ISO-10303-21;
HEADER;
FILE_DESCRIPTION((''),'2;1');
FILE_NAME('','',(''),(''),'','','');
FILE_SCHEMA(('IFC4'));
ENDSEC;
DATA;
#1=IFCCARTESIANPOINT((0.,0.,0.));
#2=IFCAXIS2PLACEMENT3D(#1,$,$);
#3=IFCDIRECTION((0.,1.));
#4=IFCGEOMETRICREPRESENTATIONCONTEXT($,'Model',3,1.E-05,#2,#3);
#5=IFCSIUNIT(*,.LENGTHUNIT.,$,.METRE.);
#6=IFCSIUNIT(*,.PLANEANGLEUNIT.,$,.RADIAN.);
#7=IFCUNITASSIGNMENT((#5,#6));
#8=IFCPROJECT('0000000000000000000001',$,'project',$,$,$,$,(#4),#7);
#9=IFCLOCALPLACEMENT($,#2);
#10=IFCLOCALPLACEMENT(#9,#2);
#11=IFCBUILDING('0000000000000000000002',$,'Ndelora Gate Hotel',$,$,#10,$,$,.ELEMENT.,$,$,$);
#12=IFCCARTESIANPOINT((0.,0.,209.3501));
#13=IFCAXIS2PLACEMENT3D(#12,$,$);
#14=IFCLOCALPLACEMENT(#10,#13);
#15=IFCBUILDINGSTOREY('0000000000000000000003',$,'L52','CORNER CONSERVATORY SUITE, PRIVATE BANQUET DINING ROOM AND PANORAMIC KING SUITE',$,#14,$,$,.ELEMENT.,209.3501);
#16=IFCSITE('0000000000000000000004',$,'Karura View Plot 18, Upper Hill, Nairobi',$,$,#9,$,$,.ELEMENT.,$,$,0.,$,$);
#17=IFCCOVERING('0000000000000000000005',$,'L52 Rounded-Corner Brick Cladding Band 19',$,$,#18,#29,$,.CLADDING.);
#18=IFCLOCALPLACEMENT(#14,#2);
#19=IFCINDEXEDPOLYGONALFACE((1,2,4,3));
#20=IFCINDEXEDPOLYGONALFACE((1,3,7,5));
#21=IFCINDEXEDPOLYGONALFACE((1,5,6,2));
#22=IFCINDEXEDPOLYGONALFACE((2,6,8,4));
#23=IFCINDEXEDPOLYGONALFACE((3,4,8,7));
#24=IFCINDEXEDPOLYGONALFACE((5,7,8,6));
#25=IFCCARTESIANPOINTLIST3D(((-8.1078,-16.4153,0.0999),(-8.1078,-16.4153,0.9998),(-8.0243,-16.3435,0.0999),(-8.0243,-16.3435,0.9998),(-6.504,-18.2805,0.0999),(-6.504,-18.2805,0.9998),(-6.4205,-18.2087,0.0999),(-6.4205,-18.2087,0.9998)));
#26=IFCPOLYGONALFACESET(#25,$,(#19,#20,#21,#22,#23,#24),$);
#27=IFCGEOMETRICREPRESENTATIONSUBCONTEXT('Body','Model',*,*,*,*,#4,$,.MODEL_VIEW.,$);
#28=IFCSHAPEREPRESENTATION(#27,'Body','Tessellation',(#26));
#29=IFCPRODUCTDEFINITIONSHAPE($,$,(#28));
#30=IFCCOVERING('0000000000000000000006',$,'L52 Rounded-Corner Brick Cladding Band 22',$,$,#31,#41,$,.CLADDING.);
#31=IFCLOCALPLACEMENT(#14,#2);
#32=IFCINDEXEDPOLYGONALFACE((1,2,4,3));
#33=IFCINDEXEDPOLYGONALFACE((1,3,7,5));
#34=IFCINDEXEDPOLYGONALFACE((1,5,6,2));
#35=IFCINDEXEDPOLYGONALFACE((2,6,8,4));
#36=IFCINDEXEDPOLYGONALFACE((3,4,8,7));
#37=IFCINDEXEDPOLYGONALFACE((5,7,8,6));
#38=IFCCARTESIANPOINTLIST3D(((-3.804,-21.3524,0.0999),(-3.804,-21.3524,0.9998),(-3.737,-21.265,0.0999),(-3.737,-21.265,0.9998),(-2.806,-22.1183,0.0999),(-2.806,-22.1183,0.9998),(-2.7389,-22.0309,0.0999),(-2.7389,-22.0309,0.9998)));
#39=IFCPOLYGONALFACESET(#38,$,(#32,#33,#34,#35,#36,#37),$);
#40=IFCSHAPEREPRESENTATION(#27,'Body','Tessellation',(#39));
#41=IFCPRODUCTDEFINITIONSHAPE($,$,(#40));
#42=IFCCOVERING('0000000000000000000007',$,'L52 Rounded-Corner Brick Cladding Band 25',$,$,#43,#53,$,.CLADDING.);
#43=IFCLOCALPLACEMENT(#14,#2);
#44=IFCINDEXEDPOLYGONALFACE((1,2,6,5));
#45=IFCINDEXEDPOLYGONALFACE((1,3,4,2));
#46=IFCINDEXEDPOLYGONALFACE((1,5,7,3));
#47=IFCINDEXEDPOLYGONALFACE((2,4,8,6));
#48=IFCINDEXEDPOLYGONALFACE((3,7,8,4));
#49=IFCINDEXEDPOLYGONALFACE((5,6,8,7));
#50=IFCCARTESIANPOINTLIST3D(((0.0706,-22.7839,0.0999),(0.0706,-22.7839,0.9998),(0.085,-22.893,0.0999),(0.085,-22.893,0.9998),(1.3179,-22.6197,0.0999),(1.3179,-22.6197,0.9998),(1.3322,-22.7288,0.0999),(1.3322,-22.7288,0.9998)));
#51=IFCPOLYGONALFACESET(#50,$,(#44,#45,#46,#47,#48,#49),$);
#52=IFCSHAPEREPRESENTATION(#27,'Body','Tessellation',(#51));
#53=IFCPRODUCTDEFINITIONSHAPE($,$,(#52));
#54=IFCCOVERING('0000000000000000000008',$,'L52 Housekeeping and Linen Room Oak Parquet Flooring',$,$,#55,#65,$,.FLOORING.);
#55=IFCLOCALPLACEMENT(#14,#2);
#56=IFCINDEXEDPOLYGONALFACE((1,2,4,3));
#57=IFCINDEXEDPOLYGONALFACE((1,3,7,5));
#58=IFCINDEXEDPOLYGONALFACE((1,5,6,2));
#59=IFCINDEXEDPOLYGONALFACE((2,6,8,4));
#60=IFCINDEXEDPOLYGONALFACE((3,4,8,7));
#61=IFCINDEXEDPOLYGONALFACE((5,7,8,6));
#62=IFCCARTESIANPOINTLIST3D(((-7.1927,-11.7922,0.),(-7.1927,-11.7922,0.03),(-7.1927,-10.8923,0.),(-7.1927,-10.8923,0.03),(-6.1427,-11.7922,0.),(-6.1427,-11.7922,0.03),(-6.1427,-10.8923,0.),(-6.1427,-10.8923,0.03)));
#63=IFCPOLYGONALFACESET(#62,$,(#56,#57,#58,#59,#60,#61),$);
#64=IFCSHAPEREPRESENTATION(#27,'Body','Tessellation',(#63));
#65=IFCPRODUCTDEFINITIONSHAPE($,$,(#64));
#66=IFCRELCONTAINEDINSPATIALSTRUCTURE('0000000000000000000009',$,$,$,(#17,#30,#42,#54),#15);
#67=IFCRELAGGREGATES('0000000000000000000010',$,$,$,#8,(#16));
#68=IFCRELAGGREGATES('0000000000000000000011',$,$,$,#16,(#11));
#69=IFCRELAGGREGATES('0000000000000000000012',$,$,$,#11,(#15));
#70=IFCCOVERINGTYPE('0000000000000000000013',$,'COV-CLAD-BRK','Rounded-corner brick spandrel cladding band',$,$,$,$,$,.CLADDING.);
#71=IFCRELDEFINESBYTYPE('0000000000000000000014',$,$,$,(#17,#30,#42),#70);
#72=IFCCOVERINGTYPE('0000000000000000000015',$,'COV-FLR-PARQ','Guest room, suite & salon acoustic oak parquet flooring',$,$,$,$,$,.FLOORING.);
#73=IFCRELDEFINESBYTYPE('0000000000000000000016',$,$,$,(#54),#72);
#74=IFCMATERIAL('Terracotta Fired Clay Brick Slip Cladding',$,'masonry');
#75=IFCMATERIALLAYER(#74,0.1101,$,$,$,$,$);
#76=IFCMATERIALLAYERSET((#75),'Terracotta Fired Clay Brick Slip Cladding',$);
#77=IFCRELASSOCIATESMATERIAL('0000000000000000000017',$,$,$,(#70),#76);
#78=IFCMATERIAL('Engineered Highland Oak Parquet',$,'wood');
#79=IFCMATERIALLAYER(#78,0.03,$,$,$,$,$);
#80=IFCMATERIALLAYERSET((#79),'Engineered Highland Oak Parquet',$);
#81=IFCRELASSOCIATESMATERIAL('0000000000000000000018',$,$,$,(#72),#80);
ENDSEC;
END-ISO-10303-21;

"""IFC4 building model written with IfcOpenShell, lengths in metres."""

from ifc_helpers import new_model, si_unit, direction, frame, origin, origin_2d, place, context, subcontext, project, spatial, rectangle, extrude, material, layer, layer_set, type_object, element, save


model = new_model("IFC4")

# Units and contexts
model_context = context("Model", 3, precision=1e-05, world=origin(), true_north=direction((0.0, 1.0)))
body_context = subcontext(model_context, "Body", "Model", "MODEL_VIEW")
ifc_project = project(units=[si_unit("LENGTHUNIT", "METRE"), si_unit("PLANEANGLEUNIT", "RADIAN")], contexts=[model_context])

# Site, building, storey
site_placement = place(None, origin())
site = spatial("IfcSite", under=ifc_project, at=site_placement, Name="Karura View Plot 18, Upper Hill, Nairobi", CompositionType="ELEMENT", RefElevation=0.0)
building_placement = place(site_placement, origin())
building = spatial("IfcBuilding", under=site, at=building_placement, Name="Ndelora Gate Hotel", CompositionType="ELEMENT")
storey_placement = place(building_placement, frame((0.0, 0.0, 209.3501)))
storey = spatial("IfcBuildingStorey", under=building, at=storey_placement, Name="L52", Description="CORNER CONSERVATORY SUITE, PRIVATE BANQUET DINING ROOM AND PANORAMIC KING SUITE", CompositionType="ELEMENT", Elevation=209.3501)

# Coverings
ifc_material_1 = material(Name="Terracotta Fired Clay Brick Slip Cladding", Category="masonry")
ifc_layer_1 = layer(ifc_material_1, 0.1101)
ifc_layer_set_1 = layer_set([ifc_layer_1], Name="Terracotta Fired Clay Brick Slip Cladding")
covering_type_1 = type_object("IfcCoveringType", Name="COV-CLAD-BRK", Description="Rounded-corner brick spandrel cladding band", PredefinedType="CLADDING", material=ifc_layer_set_1)
covering_1_placement = place(storey_placement, frame((-7.2642, -17.312, 0.0999), z_axis=(0.0, 0.0, 1.0), x_axis=(-0.651966, 0.758248, 0.0)))
element("IfcCovering", 1, at=covering_1_placement, inside=storey, type_object=covering_type_1, Name="L52 Rounded-Corner Brick Cladding Band 19", PredefinedType="CLADDING", context=body_context, shape_type="SweptSolid", body=[
    extrude(rectangle(XDim=2.46, YDim=0.1101, at=origin_2d()), origin(), (0.0, 0.0, 1.0), 0.8999),
])
for number, where, z_axis, x_axis, name in (
    (2, (-3.2715, -21.6917, 0.0999), (0.0, 0.0, 1.0), (-0.793353, 0.608761, 0.0), "L52 Rounded-Corner Brick Cladding Band 22"),
    (3, (0.7014, -22.7563, 0.0999), (0.0, 0.0, 1.0), (0.991445, 0.130526, 0.0), "L52 Rounded-Corner Brick Cladding Band 25"),
):
    element("IfcCovering", number, at=place(storey_placement, frame(where, z_axis=z_axis, x_axis=x_axis)), inside=storey, type_object=covering_type_1, Name=name, PredefinedType="CLADDING", context=body_context, shape_type="SweptSolid", body=[
        extrude(rectangle(XDim=1.2581, YDim=0.1101, at=origin_2d()), origin(), (0.0, 0.0, 1.0), 0.8999),
    ])
ifc_material_2 = material(Name="Engineered Highland Oak Parquet", Category="wood")
ifc_layer_2 = layer(ifc_material_2, 0.03)
ifc_layer_set_2 = layer_set([ifc_layer_2], Name="Engineered Highland Oak Parquet")
covering_type_2 = type_object("IfcCoveringType", Name="COV-FLR-PARQ", Description="Guest room, suite & salon acoustic oak parquet flooring", PredefinedType="FLOORING", material=ifc_layer_set_2)
covering_2_placement = place(storey_placement, frame((-6.6677, -11.3423, 0.0), z_axis=(0.0, 0.0, 1.0), x_axis=(1.0, 0.0, 0.0)))
element("IfcCovering", 4, at=covering_2_placement, inside=storey, type_object=covering_type_2, Name="L52 Housekeeping and Linen Room Oak Parquet Flooring", PredefinedType="FLOORING", context=body_context, shape_type="SweptSolid", body=[
    extrude(rectangle(XDim=1.05, YDim=0.8999, at=origin_2d()), origin(), (0.0, 0.0, 1.0), 0.03),
])

save(model, "model.ifc")
